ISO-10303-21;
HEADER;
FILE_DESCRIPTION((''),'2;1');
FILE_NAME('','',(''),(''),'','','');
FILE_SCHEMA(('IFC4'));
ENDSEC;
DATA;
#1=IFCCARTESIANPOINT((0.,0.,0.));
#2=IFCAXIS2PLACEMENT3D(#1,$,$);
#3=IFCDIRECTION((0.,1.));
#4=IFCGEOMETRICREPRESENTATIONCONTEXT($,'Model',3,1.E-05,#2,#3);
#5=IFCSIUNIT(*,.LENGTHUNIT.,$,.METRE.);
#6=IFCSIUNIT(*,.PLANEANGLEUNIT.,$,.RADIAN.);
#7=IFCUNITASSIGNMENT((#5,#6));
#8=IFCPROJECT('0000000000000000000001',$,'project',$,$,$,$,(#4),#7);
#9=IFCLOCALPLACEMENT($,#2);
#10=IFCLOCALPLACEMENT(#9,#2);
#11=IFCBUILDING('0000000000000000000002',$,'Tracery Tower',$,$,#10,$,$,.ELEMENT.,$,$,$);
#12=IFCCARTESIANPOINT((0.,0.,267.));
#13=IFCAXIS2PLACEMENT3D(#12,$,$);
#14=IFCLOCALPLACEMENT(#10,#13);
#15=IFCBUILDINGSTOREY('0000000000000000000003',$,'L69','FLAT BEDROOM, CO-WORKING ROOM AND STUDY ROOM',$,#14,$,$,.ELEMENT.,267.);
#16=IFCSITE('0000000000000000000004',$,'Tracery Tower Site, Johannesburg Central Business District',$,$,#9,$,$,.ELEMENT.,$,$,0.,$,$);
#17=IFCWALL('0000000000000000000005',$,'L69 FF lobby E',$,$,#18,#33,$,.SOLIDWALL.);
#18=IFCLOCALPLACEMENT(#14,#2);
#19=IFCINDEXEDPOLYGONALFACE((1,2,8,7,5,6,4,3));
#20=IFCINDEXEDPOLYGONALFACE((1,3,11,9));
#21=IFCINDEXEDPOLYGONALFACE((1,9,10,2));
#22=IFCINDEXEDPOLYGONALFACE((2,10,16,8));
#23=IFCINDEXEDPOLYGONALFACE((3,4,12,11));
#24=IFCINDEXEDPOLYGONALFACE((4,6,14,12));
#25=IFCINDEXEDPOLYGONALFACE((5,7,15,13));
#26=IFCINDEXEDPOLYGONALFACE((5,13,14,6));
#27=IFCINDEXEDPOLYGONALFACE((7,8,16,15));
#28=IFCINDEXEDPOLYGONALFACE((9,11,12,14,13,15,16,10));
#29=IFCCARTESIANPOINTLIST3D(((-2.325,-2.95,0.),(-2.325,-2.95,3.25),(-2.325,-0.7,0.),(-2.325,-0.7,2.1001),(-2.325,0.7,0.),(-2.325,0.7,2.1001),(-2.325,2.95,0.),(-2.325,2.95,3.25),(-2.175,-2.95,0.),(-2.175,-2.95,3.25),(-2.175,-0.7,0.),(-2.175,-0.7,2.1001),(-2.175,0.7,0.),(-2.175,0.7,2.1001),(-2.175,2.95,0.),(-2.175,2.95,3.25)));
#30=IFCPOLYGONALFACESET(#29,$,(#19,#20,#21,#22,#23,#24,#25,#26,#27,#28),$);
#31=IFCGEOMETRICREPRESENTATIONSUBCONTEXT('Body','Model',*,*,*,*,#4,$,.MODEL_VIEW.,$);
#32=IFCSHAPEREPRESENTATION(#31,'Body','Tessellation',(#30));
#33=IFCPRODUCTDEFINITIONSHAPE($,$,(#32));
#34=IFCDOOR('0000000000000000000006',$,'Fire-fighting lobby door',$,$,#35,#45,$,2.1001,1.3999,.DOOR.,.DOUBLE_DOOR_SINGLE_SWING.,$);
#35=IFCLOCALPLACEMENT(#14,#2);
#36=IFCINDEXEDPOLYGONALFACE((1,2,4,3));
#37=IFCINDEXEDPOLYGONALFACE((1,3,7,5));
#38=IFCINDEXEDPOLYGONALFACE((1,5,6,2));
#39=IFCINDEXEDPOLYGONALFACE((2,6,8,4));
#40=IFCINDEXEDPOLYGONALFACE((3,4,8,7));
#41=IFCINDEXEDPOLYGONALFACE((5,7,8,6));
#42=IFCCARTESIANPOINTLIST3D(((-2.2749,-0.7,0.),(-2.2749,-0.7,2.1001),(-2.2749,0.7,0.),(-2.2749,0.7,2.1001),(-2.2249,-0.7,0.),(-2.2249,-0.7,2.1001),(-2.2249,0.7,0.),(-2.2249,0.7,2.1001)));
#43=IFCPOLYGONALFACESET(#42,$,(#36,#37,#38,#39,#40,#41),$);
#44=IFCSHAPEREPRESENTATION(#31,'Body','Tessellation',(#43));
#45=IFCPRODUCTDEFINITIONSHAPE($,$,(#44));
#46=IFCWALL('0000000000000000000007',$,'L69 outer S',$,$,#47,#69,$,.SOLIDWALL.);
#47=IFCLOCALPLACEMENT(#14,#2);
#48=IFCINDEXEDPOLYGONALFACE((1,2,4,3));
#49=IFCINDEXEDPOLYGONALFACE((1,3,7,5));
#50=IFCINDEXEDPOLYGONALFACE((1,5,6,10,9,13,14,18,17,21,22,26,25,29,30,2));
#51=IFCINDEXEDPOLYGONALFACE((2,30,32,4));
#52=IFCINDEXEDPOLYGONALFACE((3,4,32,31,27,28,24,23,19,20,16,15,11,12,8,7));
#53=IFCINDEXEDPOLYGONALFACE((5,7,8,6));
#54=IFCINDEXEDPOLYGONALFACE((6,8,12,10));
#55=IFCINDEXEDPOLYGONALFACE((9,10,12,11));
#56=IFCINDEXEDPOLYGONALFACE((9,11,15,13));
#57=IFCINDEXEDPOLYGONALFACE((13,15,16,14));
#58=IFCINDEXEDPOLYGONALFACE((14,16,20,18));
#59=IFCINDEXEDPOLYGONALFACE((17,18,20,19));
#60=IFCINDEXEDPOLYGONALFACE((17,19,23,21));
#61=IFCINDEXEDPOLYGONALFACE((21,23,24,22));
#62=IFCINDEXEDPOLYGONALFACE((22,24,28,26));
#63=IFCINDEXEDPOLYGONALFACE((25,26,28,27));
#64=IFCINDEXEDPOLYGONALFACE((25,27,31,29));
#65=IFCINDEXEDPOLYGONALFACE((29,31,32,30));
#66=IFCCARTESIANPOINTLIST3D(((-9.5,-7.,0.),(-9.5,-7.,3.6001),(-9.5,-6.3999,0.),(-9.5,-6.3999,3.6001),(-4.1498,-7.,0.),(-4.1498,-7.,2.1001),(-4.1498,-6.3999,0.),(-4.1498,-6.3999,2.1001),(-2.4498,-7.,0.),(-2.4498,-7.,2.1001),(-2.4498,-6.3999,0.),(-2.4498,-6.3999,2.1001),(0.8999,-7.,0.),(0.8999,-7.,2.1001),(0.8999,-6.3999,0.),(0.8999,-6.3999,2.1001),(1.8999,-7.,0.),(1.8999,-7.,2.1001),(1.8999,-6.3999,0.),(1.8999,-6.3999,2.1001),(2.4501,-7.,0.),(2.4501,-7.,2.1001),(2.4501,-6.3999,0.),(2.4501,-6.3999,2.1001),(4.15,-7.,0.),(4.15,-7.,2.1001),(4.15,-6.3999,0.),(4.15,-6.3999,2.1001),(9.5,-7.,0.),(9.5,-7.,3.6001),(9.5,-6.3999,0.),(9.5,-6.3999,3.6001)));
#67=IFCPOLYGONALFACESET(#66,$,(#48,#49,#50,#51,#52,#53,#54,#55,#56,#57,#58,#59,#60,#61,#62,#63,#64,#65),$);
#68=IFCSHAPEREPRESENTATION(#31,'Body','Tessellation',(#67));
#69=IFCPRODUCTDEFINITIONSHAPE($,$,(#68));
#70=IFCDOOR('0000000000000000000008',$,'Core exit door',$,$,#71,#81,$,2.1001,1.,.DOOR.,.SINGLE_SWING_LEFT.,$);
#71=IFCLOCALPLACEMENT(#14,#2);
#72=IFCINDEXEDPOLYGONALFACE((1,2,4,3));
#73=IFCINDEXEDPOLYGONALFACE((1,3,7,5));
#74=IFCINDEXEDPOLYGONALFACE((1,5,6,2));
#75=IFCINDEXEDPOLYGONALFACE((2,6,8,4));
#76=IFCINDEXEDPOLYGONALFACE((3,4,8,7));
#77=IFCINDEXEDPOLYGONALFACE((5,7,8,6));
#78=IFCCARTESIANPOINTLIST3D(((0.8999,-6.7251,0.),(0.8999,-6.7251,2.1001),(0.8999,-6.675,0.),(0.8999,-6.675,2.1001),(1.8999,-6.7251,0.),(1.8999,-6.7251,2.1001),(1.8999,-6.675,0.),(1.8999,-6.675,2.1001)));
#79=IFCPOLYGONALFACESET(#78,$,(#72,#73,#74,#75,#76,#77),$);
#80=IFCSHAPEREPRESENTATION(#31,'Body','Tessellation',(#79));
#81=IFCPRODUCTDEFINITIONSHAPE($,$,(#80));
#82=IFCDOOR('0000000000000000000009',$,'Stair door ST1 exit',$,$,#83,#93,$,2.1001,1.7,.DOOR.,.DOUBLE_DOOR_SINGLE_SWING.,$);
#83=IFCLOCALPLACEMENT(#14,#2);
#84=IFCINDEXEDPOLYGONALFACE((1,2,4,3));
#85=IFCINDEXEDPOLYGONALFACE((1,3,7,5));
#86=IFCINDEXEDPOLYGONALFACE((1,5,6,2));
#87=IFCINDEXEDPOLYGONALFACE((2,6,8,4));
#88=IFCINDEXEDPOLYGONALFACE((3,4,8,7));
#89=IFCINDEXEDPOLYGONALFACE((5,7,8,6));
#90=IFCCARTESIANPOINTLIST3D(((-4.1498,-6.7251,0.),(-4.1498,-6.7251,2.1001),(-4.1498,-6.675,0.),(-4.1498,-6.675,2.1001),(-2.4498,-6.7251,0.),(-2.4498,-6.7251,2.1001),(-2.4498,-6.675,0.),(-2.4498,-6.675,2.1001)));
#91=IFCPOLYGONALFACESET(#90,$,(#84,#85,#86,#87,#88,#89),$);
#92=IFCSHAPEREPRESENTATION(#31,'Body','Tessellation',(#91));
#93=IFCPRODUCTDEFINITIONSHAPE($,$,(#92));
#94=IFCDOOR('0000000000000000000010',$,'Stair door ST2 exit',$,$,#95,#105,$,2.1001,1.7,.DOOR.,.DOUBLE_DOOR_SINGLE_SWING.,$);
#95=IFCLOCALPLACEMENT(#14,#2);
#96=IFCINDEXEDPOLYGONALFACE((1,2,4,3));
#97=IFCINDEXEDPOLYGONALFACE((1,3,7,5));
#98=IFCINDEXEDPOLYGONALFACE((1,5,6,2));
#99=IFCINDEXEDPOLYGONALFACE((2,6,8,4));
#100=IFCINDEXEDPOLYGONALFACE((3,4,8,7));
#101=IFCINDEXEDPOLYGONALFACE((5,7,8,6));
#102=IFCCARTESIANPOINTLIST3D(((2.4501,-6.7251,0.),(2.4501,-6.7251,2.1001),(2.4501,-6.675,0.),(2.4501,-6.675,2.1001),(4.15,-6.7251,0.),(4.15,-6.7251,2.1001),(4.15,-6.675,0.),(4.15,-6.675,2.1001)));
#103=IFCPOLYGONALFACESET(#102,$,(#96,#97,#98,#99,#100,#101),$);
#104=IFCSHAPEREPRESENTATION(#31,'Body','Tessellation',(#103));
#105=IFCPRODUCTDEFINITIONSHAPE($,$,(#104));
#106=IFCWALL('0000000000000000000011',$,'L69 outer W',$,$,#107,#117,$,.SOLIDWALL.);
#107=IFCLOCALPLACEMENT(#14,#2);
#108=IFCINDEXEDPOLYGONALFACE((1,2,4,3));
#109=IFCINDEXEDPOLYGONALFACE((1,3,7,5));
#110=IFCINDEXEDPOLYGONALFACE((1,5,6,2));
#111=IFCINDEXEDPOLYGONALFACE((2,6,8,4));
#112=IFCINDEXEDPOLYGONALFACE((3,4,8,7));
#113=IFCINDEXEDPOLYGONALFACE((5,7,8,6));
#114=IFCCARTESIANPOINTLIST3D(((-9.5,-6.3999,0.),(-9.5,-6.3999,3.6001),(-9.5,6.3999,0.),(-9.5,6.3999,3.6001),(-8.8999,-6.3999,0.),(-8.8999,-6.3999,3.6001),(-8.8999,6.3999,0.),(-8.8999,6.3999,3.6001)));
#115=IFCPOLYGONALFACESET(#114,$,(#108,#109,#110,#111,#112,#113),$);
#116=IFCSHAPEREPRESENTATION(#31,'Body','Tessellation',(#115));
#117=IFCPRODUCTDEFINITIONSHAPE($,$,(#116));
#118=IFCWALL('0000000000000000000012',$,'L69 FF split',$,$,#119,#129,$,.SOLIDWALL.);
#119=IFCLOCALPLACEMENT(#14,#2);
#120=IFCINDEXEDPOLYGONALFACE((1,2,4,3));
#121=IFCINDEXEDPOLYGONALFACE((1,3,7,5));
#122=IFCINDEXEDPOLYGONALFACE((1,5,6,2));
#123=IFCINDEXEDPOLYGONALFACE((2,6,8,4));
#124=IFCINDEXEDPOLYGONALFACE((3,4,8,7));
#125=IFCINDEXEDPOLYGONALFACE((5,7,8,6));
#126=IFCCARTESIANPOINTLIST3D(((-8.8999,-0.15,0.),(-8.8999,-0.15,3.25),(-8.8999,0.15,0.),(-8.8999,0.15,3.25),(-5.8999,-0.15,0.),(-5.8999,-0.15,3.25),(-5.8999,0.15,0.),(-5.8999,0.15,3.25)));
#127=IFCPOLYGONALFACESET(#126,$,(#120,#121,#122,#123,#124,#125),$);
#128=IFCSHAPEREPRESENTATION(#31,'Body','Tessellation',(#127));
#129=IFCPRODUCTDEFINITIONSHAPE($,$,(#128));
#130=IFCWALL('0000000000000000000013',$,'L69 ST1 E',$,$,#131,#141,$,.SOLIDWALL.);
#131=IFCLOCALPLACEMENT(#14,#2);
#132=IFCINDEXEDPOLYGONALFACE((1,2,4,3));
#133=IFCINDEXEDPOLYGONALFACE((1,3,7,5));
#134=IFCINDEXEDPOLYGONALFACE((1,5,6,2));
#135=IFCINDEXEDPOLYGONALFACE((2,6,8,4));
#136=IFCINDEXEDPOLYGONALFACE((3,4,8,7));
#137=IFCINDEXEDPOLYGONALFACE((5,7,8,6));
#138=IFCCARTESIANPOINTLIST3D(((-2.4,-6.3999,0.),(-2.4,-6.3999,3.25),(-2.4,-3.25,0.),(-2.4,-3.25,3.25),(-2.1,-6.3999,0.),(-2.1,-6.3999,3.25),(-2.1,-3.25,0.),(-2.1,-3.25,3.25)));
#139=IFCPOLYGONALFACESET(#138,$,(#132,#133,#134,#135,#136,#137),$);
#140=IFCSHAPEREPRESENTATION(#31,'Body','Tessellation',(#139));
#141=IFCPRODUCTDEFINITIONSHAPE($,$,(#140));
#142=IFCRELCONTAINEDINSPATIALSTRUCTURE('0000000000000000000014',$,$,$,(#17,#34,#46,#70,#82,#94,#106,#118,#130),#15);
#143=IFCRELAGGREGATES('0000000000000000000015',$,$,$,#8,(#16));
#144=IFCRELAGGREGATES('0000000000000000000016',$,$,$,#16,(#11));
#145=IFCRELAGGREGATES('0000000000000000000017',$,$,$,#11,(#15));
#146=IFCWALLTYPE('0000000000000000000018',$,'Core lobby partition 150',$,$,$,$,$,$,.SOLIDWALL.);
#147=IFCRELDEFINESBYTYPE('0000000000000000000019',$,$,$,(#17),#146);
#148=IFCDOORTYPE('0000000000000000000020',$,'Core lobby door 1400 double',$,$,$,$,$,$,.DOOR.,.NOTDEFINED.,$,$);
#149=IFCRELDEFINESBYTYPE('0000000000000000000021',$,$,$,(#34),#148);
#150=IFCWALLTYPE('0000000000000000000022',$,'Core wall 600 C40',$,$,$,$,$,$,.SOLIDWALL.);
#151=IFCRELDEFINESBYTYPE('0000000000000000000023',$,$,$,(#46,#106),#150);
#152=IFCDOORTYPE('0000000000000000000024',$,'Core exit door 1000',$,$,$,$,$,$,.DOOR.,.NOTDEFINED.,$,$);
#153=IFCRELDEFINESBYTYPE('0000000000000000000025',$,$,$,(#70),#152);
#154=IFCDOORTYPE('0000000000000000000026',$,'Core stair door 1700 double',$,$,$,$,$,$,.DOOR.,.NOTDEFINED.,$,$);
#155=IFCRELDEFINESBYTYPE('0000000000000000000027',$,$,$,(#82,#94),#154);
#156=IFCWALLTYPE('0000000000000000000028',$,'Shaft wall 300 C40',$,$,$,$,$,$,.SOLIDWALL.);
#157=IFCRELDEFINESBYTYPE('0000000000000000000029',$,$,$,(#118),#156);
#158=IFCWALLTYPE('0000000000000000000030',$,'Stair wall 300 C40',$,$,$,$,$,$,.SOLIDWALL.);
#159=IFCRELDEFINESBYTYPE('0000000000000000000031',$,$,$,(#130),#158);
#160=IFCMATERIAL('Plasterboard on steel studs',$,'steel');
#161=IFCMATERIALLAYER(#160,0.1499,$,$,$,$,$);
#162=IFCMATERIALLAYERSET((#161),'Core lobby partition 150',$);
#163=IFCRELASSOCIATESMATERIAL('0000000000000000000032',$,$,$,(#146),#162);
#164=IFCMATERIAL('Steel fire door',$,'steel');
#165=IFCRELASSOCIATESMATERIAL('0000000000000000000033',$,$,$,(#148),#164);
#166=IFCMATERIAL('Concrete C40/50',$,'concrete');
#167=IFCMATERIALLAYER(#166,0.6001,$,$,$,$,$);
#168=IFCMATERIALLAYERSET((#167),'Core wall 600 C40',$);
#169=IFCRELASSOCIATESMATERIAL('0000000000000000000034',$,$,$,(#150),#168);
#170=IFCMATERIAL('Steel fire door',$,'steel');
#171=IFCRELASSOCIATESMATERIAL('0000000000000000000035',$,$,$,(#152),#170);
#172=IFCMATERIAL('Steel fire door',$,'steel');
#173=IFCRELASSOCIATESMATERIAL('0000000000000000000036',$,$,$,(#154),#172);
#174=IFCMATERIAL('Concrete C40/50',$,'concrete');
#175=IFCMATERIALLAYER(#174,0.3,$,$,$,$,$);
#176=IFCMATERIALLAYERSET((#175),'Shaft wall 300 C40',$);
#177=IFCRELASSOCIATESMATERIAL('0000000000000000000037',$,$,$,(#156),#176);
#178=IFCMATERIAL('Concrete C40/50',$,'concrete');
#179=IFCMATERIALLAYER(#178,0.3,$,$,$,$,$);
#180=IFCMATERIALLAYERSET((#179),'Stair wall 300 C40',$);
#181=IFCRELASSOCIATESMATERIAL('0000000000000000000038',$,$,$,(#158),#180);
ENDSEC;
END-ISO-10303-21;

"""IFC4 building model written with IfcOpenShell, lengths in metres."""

from ifc_helpers import new_model, si_unit, direction, frame, frame_2d, origin, place, context, subcontext, project, spatial, rectangle, extrude, material, layer, layer_set, type_object, element, fill, save


model = new_model("IFC4")

# Units and contexts
model_context = context("Model", 3, precision=1e-05, world=origin(), true_north=direction((0.0, 1.0)))
body_context = subcontext(model_context, "Body", "Model", "MODEL_VIEW")
ifc_project = project(units=[si_unit("LENGTHUNIT", "METRE"), si_unit("PLANEANGLEUNIT", "RADIAN")], contexts=[model_context])

# Site, building, storey
site_placement = place(None, origin())
site = spatial("IfcSite", under=ifc_project, at=site_placement, Name="Tracery Tower Site, Johannesburg Central Business District", CompositionType="ELEMENT", RefElevation=0.0)
building_placement = place(site_placement, origin())
building = spatial("IfcBuilding", under=site, at=building_placement, Name="Tracery Tower", CompositionType="ELEMENT")
storey_placement = place(building_placement, frame((0.0, 0.0, 267.0)))
storey = spatial("IfcBuildingStorey", under=building, at=storey_placement, Name="L69", Description="FLAT BEDROOM, CO-WORKING ROOM AND STUDY ROOM", CompositionType="ELEMENT", Elevation=267.0)

# Wall, opening, door
ifc_material_1 = material(Name="Plasterboard on steel studs", Category="steel")
ifc_layer_1 = layer(ifc_material_1, 0.1499)
ifc_layer_set_1 = layer_set([ifc_layer_1], Name="Core lobby partition 150")
wall_type_1 = type_object("IfcWallType", Name="Core lobby partition 150", PredefinedType="SOLIDWALL", material=ifc_layer_set_1)
wall_1_placement = place(storey_placement, frame((-2.25, -2.95, 0.0), z_axis=(0.0, 0.0, 1.0), x_axis=(0.0, 1.0, 0.0)))
wall_1 = element("IfcWall", 1, at=wall_1_placement, inside=storey, type_object=wall_type_1, Name="L69 FF lobby E", PredefinedType="SOLIDWALL", context=body_context, shape_type="SweptSolid", body=[
    extrude(rectangle(XDim=5.8999, YDim=0.1499, at=frame_2d((2.95, 0.0))), origin(), (0.0, 0.0, 1.0), 3.25),
])
opening_1_placement = place(wall_1_placement, frame((2.25, 0.0, 0.0)))
opening_1 = element("IfcOpeningElement", 2, at=opening_1_placement, cuts=wall_1, PredefinedType="OPENING", context=body_context, shape_type="SweptSolid", body=[
    extrude(rectangle(XDim=1.3999, YDim=2.1001, at=frame_2d((0.7, 1.05))), frame((0.0, 0.075, 0.0), z_axis=(0.0, -1.0, 0.0), x_axis=(1.0, 0.0, 0.0)), (0.0, 0.0, 1.0), 0.1499),
])
ifc_material_2 = material(Name="Steel fire door", Category="steel")
door_type_1 = type_object("IfcDoorType", Name="Core lobby door 1400 double", OperationType="NOTDEFINED", PredefinedType="DOOR", material=ifc_material_2)
door_1_placement = place(opening_1_placement, origin())
door_1 = element("IfcDoor", 3, at=door_1_placement, inside=storey, type_object=door_type_1, Name="Fire-fighting lobby door", OperationType="DOUBLE_DOOR_SINGLE_SWING", OverallHeight=2.1001, OverallWidth=1.3999, PredefinedType="DOOR", context=body_context, shape_type="SweptSolid", body=[
    extrude(rectangle(XDim=1.3999, YDim=2.1001, at=frame_2d((0.7, 1.05))), frame((0.0, 0.0249, 0.0), z_axis=(0.0, -1.0, 0.0), x_axis=(1.0, 0.0, 0.0)), (0.0, 0.0, 1.0), 0.05),
])
fill(opening_1, door_1)

# Wall, openings, doors
ifc_material_3 = material(Name="Concrete C40/50", Category="concrete")
ifc_layer_2 = layer(ifc_material_3, 0.6001)
ifc_layer_set_2 = layer_set([ifc_layer_2], Name="Core wall 600 C40")
wall_type_2 = type_object("IfcWallType", Name="Core wall 600 C40", PredefinedType="SOLIDWALL", material=ifc_layer_set_2)
wall_2_placement = place(storey_placement, frame((-9.5, -6.7, 0.0), z_axis=(0.0, 0.0, 1.0), x_axis=(1.0, 0.0, 0.0)))
wall_2 = element("IfcWall", 4, at=wall_2_placement, inside=storey, type_object=wall_type_2, Name="L69 outer S", PredefinedType="SOLIDWALL", context=body_context, shape_type="SweptSolid", body=[
    extrude(rectangle(XDim=19.0, YDim=0.6001, at=frame_2d((9.5, 0.0))), origin(), (0.0, 0.0, 1.0), 3.6001),
])
opening_2_placement = place(wall_2_placement, frame((10.3999, 0.0, 0.0)))
opening_2 = element("IfcOpeningElement", 5, at=opening_2_placement, cuts=wall_2, PredefinedType="OPENING", context=body_context, shape_type="SweptSolid", body=[
    extrude(rectangle(XDim=1.0, YDim=2.1001, at=frame_2d((0.5, 1.05))), frame((0.0, 0.3, 0.0), z_axis=(0.0, -1.0, 0.0), x_axis=(1.0, 0.0, 0.0)), (0.0, 0.0, 1.0), 0.6001),
])
opening_3_placement = place(wall_2_placement, frame((5.3501, 0.0, 0.0)))
opening_3 = element("IfcOpeningElement", 6, at=opening_3_placement, cuts=wall_2, PredefinedType="OPENING", context=body_context, shape_type="SweptSolid", body=[
    extrude(rectangle(XDim=1.7, YDim=2.1001, at=frame_2d((0.8501, 1.05))), frame((0.0, 0.3, 0.0), z_axis=(0.0, -1.0, 0.0), x_axis=(1.0, 0.0, 0.0)), (0.0, 0.0, 1.0), 0.6001),
])
opening_4_placement = place(wall_2_placement, frame((11.95, 0.0, 0.0)))
opening_4 = element("IfcOpeningElement", 7, at=opening_4_placement, cuts=wall_2, PredefinedType="OPENING", context=body_context, shape_type="SweptSolid", body=[
    extrude(rectangle(XDim=1.7, YDim=2.1001, at=frame_2d((0.8501, 1.05))), frame((0.0, 0.3, 0.0), z_axis=(0.0, -1.0, 0.0), x_axis=(1.0, 0.0, 0.0)), (0.0, 0.0, 1.0), 0.6001),
])
ifc_material_4 = material(Name="Steel fire door", Category="steel")
door_type_2 = type_object("IfcDoorType", Name="Core exit door 1000", OperationType="NOTDEFINED", PredefinedType="DOOR", material=ifc_material_4)
door_2_placement = place(opening_2_placement, origin())
door_2 = element("IfcDoor", 8, at=door_2_placement, inside=storey, type_object=door_type_2, Name="Core exit door", OperationType="SINGLE_SWING_LEFT", OverallHeight=2.1001, OverallWidth=1.0, PredefinedType="DOOR", context=body_context, shape_type="SweptSolid", body=[
    extrude(rectangle(XDim=1.0, YDim=2.1001, at=frame_2d((0.5, 1.05))), frame((0.0, 0.0249, 0.0), z_axis=(0.0, -1.0, 0.0), x_axis=(1.0, 0.0, 0.0)), (0.0, 0.0, 1.0), 0.05),
])
fill(opening_2, door_2)
ifc_material_5 = material(Name="Steel fire door", Category="steel")
door_type_3 = type_object("IfcDoorType", Name="Core stair door 1700 double", OperationType="NOTDEFINED", PredefinedType="DOOR", material=ifc_material_5)
door_3_placement = place(opening_3_placement, origin())
door_3 = element("IfcDoor", 9, at=door_3_placement, inside=storey, type_object=door_type_3, Name="Stair door ST1 exit", OperationType="DOUBLE_DOOR_SINGLE_SWING", OverallHeight=2.1001, OverallWidth=1.7, PredefinedType="DOOR", context=body_context, shape_type="SweptSolid", body=[
    extrude(rectangle(XDim=1.7, YDim=2.1001, at=frame_2d((0.8501, 1.05))), frame((0.0, 0.0249, 0.0), z_axis=(0.0, -1.0, 0.0), x_axis=(1.0, 0.0, 0.0)), (0.0, 0.0, 1.0), 0.05),
])
fill(opening_3, door_3)
door_4_placement = place(opening_4_placement, origin())
door_4 = element("IfcDoor", 10, at=door_4_placement, inside=storey, type_object=door_type_3, Name="Stair door ST2 exit", OperationType="DOUBLE_DOOR_SINGLE_SWING", OverallHeight=2.1001, OverallWidth=1.7, PredefinedType="DOOR", context=body_context, shape_type="SweptSolid", body=[
    extrude(rectangle(XDim=1.7, YDim=2.1001, at=frame_2d((0.8501, 1.05))), frame((0.0, 0.0249, 0.0), z_axis=(0.0, -1.0, 0.0), x_axis=(1.0, 0.0, 0.0)), (0.0, 0.0, 1.0), 0.05),
])
fill(opening_4, door_4)

# Walls
wall_3_placement = place(storey_placement, frame((-9.2, -6.3999, 0.0), z_axis=(0.0, 0.0, 1.0), x_axis=(0.0, 1.0, 0.0)))
element("IfcWall", 11, at=wall_3_placement, inside=storey, type_object=wall_type_2, Name="L69 outer W", PredefinedType="SOLIDWALL", context=body_context, shape_type="SweptSolid", body=[
    extrude(rectangle(XDim=12.7998, YDim=0.6001, at=frame_2d((6.3999, 0.0))), origin(), (0.0, 0.0, 1.0), 3.6001),
])
ifc_material_6 = material(Name="Concrete C40/50", Category="concrete")
ifc_layer_3 = layer(ifc_material_6, 0.3)
ifc_layer_set_3 = layer_set([ifc_layer_3], Name="Shaft wall 300 C40")
wall_type_3 = type_object("IfcWallType", Name="Shaft wall 300 C40", PredefinedType="SOLIDWALL", material=ifc_layer_set_3)
wall_4_placement = place(storey_placement, frame((-8.8999, 0.0, 0.0), z_axis=(0.0, 0.0, 1.0), x_axis=(1.0, 0.0, 0.0)))
element("IfcWall", 12, at=wall_4_placement, inside=storey, type_object=wall_type_3, Name="L69 FF split", PredefinedType="SOLIDWALL", context=body_context, shape_type="SweptSolid", body=[
    extrude(rectangle(XDim=3.0, YDim=0.3, at=frame_2d((1.5, 0.0))), origin(), (0.0, 0.0, 1.0), 3.25),
])

# Shared definitions
ifc_material_7 = material(Name="Concrete C40/50", Category="concrete")
ifc_layer_4 = layer(ifc_material_7, 0.3)
ifc_layer_set_4 = layer_set([ifc_layer_4], Name="Stair wall 300 C40")
wall_type_4 = type_object("IfcWallType", Name="Stair wall 300 C40", PredefinedType="SOLIDWALL", material=ifc_layer_set_4)

# Wall
wall_5_placement = place(storey_placement, frame((-2.25, -6.3999, 0.0), z_axis=(0.0, 0.0, 1.0), x_axis=(0.0, 1.0, 0.0)))
element("IfcWall", 13, at=wall_5_placement, inside=storey, type_object=wall_type_4, Name="L69 ST1 E", PredefinedType="SOLIDWALL", context=body_context, shape_type="SweptSolid", body=[
    extrude(rectangle(XDim=3.1499, YDim=0.3, at=frame_2d((1.575, 0.0))), origin(), (0.0, 0.0, 1.0), 3.25),
])

save(model, "model.ifc")
